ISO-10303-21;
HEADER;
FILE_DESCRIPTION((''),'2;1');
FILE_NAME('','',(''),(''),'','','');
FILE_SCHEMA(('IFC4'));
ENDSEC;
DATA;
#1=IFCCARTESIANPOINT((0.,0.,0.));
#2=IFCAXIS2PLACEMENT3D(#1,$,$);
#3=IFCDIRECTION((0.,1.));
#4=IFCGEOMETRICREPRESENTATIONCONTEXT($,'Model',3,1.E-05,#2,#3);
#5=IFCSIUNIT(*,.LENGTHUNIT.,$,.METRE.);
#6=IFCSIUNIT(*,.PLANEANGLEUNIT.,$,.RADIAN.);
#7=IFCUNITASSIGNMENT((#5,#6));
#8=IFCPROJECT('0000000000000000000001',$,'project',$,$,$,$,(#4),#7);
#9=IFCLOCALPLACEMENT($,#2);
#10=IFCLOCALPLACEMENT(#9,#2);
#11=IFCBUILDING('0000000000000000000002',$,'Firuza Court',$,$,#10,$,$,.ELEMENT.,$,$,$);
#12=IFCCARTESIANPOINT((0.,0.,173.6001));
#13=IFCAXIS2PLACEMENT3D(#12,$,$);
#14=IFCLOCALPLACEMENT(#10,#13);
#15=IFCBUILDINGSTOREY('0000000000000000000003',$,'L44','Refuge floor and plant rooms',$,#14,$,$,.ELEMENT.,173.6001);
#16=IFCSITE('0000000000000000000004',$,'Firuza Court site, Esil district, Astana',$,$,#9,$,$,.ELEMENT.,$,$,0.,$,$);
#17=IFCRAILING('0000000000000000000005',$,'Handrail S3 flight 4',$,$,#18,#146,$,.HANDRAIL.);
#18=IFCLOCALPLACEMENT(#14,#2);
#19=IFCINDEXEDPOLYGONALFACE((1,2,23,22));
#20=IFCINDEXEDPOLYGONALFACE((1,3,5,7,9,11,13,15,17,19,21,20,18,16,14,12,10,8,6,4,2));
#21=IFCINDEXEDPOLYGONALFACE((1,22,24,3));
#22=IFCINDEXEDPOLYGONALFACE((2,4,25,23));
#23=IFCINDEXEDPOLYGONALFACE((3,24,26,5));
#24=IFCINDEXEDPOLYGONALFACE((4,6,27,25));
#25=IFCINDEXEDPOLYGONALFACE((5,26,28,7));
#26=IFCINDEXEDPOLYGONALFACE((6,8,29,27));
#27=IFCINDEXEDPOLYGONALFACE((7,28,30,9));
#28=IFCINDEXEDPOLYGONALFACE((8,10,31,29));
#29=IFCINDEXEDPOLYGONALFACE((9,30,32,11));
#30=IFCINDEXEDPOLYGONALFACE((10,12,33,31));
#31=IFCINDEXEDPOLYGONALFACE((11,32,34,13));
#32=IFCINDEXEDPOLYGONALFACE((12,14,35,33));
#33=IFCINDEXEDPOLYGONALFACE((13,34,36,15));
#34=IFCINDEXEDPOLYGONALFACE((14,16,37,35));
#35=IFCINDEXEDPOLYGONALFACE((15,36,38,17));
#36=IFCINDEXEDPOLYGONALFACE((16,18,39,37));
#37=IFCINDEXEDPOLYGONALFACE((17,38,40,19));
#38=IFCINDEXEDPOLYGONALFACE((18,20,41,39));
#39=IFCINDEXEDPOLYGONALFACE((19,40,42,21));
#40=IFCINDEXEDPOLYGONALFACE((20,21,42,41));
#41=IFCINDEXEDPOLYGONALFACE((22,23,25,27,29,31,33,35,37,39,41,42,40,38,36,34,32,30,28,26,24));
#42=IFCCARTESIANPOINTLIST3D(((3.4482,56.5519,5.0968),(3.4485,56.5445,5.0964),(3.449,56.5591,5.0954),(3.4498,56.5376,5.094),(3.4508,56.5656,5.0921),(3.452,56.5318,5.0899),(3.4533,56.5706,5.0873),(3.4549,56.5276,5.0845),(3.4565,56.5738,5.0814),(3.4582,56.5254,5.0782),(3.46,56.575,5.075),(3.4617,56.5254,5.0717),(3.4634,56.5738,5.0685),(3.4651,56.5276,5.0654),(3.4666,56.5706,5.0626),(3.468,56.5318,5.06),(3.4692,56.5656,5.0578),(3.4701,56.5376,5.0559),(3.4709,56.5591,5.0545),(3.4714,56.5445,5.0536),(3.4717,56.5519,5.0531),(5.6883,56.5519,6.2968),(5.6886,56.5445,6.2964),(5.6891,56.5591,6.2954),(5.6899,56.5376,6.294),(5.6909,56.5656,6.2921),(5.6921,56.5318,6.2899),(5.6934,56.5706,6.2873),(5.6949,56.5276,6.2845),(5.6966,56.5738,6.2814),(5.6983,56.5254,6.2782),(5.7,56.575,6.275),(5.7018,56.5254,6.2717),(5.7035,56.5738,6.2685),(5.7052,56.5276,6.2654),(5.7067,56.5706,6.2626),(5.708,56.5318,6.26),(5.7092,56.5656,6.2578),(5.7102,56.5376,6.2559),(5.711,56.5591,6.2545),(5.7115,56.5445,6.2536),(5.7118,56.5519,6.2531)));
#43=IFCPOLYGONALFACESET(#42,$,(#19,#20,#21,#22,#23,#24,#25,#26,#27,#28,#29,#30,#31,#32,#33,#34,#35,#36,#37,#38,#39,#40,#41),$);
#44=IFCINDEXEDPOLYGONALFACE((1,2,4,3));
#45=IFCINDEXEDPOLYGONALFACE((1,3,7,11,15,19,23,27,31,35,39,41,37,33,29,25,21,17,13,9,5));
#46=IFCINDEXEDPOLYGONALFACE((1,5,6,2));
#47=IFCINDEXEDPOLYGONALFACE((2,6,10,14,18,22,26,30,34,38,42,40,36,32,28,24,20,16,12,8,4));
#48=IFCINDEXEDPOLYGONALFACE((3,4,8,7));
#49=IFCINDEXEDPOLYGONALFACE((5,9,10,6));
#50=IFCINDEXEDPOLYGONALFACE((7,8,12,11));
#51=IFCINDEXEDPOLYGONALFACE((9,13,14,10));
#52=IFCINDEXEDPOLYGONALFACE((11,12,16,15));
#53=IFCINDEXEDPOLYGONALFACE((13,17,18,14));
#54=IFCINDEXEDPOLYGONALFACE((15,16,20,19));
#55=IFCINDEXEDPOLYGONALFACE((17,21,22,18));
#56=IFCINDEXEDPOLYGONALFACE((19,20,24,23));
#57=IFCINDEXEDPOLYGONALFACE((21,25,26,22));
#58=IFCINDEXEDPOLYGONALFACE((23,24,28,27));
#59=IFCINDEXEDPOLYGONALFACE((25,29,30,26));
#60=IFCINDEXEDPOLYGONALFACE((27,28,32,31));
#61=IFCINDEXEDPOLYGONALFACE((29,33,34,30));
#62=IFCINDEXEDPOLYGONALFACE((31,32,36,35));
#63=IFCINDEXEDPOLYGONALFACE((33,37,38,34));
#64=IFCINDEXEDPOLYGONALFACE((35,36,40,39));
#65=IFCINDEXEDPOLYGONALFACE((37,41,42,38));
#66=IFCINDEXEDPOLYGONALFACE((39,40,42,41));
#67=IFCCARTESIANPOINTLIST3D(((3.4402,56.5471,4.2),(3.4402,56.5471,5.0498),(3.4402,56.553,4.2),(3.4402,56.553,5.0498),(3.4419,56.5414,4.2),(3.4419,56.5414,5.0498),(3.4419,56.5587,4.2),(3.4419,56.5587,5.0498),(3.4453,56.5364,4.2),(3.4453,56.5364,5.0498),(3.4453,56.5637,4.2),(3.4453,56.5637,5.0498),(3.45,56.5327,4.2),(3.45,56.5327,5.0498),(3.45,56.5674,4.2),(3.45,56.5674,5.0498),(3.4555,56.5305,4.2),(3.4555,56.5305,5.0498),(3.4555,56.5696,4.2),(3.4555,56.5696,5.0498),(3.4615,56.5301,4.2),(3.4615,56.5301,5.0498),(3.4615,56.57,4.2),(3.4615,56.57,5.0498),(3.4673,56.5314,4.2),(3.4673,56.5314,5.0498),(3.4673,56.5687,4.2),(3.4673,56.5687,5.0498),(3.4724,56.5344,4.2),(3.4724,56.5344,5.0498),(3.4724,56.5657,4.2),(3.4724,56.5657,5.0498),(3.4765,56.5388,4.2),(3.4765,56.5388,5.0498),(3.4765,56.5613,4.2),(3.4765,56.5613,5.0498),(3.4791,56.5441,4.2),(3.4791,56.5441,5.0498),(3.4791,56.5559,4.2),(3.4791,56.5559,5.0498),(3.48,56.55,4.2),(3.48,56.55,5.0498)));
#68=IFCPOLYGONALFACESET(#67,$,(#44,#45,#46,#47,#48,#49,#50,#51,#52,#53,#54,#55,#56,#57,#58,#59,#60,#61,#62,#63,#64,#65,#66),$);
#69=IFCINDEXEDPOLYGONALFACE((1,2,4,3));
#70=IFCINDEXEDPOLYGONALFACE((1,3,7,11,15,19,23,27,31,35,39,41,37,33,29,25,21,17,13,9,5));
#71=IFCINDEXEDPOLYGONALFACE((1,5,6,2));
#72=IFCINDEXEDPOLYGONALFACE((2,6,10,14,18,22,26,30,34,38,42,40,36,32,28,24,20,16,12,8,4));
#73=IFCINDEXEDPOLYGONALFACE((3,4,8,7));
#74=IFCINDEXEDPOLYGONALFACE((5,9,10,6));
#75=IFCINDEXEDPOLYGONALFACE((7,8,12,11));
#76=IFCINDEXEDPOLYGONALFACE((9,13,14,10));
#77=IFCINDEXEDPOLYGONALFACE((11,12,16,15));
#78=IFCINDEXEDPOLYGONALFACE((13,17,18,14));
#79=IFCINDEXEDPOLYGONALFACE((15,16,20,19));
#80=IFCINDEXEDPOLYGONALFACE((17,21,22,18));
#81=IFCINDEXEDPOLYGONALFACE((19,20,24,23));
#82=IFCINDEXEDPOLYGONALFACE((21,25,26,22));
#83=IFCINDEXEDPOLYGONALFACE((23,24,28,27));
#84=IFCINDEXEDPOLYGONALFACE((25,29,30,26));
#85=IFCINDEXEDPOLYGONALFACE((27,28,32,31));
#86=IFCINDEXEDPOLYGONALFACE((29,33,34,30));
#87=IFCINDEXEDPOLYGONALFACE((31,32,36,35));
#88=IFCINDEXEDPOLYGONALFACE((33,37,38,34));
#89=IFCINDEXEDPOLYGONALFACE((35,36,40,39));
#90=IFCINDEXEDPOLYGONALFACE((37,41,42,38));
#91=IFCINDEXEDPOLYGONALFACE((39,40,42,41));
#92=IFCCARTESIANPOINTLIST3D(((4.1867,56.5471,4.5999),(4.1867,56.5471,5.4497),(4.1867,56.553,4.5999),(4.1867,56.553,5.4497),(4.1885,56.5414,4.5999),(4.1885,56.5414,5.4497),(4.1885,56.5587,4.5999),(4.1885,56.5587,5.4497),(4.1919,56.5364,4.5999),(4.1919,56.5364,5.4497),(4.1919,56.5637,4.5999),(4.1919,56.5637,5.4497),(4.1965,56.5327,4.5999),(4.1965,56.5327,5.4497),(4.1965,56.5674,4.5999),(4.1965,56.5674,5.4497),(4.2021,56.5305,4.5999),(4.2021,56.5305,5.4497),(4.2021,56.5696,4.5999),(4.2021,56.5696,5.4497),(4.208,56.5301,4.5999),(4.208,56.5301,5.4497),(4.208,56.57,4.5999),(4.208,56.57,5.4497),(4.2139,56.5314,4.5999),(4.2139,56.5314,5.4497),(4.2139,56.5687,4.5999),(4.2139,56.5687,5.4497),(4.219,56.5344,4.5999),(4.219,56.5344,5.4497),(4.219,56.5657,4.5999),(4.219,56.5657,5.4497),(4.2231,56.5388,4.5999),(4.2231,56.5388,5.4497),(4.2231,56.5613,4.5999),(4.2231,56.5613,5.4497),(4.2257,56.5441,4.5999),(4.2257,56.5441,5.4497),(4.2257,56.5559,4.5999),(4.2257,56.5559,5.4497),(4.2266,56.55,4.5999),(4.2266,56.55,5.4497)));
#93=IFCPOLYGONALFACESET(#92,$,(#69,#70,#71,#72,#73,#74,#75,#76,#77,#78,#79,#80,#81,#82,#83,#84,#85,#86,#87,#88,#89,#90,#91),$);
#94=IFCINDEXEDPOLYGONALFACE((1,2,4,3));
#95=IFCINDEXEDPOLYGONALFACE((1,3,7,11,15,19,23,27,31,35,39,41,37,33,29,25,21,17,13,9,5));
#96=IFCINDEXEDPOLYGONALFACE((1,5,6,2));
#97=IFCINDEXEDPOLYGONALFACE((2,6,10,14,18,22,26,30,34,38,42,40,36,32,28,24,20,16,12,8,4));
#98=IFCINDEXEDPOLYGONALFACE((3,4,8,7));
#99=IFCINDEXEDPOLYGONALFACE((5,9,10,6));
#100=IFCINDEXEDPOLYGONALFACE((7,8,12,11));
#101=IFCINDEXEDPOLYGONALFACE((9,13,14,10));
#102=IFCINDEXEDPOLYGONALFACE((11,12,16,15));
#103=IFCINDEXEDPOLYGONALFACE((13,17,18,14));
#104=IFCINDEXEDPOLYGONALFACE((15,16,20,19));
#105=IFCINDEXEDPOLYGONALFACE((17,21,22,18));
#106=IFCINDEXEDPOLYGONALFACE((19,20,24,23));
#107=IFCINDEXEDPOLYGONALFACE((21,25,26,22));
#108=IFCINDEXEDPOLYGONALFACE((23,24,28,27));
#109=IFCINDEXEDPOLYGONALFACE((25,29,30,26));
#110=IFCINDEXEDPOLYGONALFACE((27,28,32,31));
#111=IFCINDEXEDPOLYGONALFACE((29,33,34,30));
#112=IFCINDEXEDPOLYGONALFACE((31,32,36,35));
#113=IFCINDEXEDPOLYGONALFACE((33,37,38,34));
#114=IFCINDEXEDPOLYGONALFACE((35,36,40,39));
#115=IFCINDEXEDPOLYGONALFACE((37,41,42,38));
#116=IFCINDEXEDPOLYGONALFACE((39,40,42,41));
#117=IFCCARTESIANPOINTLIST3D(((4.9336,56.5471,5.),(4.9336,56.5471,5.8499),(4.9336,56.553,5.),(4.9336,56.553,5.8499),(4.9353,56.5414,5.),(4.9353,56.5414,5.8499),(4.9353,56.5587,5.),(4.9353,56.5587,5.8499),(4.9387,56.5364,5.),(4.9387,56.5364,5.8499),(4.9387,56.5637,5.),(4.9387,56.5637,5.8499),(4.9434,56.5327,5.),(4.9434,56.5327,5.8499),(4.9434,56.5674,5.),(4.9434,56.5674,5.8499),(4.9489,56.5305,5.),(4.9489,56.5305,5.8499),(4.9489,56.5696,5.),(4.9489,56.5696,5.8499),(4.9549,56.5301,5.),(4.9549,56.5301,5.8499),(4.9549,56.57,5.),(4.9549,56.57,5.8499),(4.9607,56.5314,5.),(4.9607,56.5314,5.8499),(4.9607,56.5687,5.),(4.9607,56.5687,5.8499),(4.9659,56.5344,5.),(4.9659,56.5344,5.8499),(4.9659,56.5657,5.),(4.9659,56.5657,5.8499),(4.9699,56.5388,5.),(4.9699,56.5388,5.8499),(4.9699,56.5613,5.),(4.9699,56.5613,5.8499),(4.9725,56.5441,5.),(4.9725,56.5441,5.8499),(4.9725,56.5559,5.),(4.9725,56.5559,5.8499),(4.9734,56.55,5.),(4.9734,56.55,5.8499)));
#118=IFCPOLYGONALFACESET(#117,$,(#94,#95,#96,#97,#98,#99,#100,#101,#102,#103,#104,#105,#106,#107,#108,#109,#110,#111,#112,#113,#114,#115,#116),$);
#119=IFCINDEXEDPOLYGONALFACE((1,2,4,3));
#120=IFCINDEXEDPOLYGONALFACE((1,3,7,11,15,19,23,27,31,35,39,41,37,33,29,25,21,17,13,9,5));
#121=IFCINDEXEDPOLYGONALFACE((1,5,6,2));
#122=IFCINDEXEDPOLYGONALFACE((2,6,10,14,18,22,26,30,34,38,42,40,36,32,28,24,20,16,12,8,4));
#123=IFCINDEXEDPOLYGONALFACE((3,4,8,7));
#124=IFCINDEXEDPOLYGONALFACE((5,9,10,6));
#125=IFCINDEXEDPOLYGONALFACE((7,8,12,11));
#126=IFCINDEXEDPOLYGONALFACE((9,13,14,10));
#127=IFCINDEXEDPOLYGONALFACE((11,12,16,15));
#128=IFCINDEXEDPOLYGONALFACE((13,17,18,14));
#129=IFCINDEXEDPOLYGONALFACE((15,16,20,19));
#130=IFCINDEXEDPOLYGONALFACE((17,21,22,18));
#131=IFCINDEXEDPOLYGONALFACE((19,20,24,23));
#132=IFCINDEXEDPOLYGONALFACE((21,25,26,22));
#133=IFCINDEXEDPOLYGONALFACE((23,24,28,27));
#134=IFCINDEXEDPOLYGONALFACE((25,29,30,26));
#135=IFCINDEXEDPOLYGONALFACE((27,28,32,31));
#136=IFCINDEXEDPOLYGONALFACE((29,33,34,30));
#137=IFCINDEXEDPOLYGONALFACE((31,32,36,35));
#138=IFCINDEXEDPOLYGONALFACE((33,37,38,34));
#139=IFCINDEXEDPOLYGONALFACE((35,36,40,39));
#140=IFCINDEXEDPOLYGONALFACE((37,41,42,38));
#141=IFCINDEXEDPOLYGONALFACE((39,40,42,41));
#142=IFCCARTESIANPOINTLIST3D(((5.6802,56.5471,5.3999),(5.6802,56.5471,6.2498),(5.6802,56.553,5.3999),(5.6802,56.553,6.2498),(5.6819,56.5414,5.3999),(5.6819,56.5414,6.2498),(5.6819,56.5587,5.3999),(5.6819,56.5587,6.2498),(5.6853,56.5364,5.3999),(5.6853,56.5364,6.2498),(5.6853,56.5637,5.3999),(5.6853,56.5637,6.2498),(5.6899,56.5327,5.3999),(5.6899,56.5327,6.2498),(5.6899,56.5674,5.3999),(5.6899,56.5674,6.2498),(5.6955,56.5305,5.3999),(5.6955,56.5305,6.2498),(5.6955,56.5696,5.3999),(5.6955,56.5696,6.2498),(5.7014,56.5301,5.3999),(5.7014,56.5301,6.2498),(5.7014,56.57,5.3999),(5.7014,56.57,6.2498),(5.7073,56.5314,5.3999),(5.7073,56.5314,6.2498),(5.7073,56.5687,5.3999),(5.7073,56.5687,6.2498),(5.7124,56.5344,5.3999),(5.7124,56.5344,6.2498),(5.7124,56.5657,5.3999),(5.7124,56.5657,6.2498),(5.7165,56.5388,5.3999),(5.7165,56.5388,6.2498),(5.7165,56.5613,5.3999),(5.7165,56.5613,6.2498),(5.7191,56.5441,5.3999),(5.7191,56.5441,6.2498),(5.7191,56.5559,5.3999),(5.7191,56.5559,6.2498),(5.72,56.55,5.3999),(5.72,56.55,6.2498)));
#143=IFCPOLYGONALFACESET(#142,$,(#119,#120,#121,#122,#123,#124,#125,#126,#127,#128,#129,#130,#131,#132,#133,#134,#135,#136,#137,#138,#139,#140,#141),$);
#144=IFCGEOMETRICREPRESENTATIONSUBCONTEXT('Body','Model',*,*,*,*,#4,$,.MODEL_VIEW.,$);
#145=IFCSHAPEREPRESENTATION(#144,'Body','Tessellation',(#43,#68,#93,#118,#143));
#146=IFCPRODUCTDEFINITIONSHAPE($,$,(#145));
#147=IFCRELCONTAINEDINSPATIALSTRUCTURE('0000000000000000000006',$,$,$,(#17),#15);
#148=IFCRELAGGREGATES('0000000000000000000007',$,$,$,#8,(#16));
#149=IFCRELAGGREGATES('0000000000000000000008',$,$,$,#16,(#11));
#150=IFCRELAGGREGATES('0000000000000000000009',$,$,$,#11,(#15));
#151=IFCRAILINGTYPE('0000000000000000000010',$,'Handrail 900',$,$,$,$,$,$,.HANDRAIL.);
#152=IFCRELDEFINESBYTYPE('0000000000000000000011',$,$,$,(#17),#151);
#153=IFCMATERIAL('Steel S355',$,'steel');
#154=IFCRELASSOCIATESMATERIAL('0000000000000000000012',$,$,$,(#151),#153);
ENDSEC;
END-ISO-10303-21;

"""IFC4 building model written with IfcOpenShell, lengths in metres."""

from ifc_helpers import new_model, si_unit, direction, frame, origin, origin_2d, place, context, subcontext, project, spatial, circle, extrude, material, type_object, element, save


model = new_model("IFC4")

# Units and contexts
model_context = context("Model", 3, precision=1e-05, world=origin(), true_north=direction((0.0, 1.0)))
body_context = subcontext(model_context, "Body", "Model", "MODEL_VIEW")
ifc_project = project(units=[si_unit("LENGTHUNIT", "METRE"), si_unit("PLANEANGLEUNIT", "RADIAN")], contexts=[model_context])

# Site, building, storey
site_placement = place(None, origin())
site = spatial("IfcSite", under=ifc_project, at=site_placement, Name="Firuza Court site, Esil district, Astana", CompositionType="ELEMENT", RefElevation=0.0)
building_placement = place(site_placement, origin())
building = spatial("IfcBuilding", under=site, at=building_placement, Name="Firuza Court", CompositionType="ELEMENT")
storey_placement = place(building_placement, frame((0.0, 0.0, 173.6001)))
storey = spatial("IfcBuildingStorey", under=building, at=storey_placement, Name="L44", Description="Refuge floor and plant rooms", CompositionType="ELEMENT", Elevation=173.6001)

# Railing
ifc_material_1 = material(Name="Steel S355", Category="steel")
railing_type = type_object("IfcRailingType", Name="Handrail 900", PredefinedType="HANDRAIL", material=ifc_material_1)
for number, where, name in (
    (1, (3.46, 56.55, 4.2), "Handrail S3 flight 4"),
):
    element("IfcRailing", number, at=place(storey_placement, frame(where)), inside=storey, type_object=railing_type, Name=name, PredefinedType="HANDRAIL", context=body_context, shape_type="SweptSolid", body=[
        extrude(circle(Radius=0.0249, at=origin_2d()), frame((0.0, 0.0, 0.875), z_axis=(0.881487, 0.0, 0.472208), x_axis=(0.0, 1.0, 0.0)), (0.0, 0.0, 1.0), 2.5413),
        extrude(circle(Radius=0.02, at=origin_2d()), origin(), (0.0, 0.0, 1.0), 0.8499),
        extrude(circle(Radius=0.02, at=origin_2d()), frame((0.7466, 0.0, 0.3999)), (0.0, 0.0, 1.0), 0.8499),
        extrude(circle(Radius=0.02, at=origin_2d()), frame((1.4934, 0.0, 0.8)), (0.0, 0.0, 1.0), 0.8499),
        extrude(circle(Radius=0.02, at=origin_2d()), frame((2.24, 0.0, 1.2)), (0.0, 0.0, 1.0), 0.8499),
    ])

save(model, "model.ifc")
